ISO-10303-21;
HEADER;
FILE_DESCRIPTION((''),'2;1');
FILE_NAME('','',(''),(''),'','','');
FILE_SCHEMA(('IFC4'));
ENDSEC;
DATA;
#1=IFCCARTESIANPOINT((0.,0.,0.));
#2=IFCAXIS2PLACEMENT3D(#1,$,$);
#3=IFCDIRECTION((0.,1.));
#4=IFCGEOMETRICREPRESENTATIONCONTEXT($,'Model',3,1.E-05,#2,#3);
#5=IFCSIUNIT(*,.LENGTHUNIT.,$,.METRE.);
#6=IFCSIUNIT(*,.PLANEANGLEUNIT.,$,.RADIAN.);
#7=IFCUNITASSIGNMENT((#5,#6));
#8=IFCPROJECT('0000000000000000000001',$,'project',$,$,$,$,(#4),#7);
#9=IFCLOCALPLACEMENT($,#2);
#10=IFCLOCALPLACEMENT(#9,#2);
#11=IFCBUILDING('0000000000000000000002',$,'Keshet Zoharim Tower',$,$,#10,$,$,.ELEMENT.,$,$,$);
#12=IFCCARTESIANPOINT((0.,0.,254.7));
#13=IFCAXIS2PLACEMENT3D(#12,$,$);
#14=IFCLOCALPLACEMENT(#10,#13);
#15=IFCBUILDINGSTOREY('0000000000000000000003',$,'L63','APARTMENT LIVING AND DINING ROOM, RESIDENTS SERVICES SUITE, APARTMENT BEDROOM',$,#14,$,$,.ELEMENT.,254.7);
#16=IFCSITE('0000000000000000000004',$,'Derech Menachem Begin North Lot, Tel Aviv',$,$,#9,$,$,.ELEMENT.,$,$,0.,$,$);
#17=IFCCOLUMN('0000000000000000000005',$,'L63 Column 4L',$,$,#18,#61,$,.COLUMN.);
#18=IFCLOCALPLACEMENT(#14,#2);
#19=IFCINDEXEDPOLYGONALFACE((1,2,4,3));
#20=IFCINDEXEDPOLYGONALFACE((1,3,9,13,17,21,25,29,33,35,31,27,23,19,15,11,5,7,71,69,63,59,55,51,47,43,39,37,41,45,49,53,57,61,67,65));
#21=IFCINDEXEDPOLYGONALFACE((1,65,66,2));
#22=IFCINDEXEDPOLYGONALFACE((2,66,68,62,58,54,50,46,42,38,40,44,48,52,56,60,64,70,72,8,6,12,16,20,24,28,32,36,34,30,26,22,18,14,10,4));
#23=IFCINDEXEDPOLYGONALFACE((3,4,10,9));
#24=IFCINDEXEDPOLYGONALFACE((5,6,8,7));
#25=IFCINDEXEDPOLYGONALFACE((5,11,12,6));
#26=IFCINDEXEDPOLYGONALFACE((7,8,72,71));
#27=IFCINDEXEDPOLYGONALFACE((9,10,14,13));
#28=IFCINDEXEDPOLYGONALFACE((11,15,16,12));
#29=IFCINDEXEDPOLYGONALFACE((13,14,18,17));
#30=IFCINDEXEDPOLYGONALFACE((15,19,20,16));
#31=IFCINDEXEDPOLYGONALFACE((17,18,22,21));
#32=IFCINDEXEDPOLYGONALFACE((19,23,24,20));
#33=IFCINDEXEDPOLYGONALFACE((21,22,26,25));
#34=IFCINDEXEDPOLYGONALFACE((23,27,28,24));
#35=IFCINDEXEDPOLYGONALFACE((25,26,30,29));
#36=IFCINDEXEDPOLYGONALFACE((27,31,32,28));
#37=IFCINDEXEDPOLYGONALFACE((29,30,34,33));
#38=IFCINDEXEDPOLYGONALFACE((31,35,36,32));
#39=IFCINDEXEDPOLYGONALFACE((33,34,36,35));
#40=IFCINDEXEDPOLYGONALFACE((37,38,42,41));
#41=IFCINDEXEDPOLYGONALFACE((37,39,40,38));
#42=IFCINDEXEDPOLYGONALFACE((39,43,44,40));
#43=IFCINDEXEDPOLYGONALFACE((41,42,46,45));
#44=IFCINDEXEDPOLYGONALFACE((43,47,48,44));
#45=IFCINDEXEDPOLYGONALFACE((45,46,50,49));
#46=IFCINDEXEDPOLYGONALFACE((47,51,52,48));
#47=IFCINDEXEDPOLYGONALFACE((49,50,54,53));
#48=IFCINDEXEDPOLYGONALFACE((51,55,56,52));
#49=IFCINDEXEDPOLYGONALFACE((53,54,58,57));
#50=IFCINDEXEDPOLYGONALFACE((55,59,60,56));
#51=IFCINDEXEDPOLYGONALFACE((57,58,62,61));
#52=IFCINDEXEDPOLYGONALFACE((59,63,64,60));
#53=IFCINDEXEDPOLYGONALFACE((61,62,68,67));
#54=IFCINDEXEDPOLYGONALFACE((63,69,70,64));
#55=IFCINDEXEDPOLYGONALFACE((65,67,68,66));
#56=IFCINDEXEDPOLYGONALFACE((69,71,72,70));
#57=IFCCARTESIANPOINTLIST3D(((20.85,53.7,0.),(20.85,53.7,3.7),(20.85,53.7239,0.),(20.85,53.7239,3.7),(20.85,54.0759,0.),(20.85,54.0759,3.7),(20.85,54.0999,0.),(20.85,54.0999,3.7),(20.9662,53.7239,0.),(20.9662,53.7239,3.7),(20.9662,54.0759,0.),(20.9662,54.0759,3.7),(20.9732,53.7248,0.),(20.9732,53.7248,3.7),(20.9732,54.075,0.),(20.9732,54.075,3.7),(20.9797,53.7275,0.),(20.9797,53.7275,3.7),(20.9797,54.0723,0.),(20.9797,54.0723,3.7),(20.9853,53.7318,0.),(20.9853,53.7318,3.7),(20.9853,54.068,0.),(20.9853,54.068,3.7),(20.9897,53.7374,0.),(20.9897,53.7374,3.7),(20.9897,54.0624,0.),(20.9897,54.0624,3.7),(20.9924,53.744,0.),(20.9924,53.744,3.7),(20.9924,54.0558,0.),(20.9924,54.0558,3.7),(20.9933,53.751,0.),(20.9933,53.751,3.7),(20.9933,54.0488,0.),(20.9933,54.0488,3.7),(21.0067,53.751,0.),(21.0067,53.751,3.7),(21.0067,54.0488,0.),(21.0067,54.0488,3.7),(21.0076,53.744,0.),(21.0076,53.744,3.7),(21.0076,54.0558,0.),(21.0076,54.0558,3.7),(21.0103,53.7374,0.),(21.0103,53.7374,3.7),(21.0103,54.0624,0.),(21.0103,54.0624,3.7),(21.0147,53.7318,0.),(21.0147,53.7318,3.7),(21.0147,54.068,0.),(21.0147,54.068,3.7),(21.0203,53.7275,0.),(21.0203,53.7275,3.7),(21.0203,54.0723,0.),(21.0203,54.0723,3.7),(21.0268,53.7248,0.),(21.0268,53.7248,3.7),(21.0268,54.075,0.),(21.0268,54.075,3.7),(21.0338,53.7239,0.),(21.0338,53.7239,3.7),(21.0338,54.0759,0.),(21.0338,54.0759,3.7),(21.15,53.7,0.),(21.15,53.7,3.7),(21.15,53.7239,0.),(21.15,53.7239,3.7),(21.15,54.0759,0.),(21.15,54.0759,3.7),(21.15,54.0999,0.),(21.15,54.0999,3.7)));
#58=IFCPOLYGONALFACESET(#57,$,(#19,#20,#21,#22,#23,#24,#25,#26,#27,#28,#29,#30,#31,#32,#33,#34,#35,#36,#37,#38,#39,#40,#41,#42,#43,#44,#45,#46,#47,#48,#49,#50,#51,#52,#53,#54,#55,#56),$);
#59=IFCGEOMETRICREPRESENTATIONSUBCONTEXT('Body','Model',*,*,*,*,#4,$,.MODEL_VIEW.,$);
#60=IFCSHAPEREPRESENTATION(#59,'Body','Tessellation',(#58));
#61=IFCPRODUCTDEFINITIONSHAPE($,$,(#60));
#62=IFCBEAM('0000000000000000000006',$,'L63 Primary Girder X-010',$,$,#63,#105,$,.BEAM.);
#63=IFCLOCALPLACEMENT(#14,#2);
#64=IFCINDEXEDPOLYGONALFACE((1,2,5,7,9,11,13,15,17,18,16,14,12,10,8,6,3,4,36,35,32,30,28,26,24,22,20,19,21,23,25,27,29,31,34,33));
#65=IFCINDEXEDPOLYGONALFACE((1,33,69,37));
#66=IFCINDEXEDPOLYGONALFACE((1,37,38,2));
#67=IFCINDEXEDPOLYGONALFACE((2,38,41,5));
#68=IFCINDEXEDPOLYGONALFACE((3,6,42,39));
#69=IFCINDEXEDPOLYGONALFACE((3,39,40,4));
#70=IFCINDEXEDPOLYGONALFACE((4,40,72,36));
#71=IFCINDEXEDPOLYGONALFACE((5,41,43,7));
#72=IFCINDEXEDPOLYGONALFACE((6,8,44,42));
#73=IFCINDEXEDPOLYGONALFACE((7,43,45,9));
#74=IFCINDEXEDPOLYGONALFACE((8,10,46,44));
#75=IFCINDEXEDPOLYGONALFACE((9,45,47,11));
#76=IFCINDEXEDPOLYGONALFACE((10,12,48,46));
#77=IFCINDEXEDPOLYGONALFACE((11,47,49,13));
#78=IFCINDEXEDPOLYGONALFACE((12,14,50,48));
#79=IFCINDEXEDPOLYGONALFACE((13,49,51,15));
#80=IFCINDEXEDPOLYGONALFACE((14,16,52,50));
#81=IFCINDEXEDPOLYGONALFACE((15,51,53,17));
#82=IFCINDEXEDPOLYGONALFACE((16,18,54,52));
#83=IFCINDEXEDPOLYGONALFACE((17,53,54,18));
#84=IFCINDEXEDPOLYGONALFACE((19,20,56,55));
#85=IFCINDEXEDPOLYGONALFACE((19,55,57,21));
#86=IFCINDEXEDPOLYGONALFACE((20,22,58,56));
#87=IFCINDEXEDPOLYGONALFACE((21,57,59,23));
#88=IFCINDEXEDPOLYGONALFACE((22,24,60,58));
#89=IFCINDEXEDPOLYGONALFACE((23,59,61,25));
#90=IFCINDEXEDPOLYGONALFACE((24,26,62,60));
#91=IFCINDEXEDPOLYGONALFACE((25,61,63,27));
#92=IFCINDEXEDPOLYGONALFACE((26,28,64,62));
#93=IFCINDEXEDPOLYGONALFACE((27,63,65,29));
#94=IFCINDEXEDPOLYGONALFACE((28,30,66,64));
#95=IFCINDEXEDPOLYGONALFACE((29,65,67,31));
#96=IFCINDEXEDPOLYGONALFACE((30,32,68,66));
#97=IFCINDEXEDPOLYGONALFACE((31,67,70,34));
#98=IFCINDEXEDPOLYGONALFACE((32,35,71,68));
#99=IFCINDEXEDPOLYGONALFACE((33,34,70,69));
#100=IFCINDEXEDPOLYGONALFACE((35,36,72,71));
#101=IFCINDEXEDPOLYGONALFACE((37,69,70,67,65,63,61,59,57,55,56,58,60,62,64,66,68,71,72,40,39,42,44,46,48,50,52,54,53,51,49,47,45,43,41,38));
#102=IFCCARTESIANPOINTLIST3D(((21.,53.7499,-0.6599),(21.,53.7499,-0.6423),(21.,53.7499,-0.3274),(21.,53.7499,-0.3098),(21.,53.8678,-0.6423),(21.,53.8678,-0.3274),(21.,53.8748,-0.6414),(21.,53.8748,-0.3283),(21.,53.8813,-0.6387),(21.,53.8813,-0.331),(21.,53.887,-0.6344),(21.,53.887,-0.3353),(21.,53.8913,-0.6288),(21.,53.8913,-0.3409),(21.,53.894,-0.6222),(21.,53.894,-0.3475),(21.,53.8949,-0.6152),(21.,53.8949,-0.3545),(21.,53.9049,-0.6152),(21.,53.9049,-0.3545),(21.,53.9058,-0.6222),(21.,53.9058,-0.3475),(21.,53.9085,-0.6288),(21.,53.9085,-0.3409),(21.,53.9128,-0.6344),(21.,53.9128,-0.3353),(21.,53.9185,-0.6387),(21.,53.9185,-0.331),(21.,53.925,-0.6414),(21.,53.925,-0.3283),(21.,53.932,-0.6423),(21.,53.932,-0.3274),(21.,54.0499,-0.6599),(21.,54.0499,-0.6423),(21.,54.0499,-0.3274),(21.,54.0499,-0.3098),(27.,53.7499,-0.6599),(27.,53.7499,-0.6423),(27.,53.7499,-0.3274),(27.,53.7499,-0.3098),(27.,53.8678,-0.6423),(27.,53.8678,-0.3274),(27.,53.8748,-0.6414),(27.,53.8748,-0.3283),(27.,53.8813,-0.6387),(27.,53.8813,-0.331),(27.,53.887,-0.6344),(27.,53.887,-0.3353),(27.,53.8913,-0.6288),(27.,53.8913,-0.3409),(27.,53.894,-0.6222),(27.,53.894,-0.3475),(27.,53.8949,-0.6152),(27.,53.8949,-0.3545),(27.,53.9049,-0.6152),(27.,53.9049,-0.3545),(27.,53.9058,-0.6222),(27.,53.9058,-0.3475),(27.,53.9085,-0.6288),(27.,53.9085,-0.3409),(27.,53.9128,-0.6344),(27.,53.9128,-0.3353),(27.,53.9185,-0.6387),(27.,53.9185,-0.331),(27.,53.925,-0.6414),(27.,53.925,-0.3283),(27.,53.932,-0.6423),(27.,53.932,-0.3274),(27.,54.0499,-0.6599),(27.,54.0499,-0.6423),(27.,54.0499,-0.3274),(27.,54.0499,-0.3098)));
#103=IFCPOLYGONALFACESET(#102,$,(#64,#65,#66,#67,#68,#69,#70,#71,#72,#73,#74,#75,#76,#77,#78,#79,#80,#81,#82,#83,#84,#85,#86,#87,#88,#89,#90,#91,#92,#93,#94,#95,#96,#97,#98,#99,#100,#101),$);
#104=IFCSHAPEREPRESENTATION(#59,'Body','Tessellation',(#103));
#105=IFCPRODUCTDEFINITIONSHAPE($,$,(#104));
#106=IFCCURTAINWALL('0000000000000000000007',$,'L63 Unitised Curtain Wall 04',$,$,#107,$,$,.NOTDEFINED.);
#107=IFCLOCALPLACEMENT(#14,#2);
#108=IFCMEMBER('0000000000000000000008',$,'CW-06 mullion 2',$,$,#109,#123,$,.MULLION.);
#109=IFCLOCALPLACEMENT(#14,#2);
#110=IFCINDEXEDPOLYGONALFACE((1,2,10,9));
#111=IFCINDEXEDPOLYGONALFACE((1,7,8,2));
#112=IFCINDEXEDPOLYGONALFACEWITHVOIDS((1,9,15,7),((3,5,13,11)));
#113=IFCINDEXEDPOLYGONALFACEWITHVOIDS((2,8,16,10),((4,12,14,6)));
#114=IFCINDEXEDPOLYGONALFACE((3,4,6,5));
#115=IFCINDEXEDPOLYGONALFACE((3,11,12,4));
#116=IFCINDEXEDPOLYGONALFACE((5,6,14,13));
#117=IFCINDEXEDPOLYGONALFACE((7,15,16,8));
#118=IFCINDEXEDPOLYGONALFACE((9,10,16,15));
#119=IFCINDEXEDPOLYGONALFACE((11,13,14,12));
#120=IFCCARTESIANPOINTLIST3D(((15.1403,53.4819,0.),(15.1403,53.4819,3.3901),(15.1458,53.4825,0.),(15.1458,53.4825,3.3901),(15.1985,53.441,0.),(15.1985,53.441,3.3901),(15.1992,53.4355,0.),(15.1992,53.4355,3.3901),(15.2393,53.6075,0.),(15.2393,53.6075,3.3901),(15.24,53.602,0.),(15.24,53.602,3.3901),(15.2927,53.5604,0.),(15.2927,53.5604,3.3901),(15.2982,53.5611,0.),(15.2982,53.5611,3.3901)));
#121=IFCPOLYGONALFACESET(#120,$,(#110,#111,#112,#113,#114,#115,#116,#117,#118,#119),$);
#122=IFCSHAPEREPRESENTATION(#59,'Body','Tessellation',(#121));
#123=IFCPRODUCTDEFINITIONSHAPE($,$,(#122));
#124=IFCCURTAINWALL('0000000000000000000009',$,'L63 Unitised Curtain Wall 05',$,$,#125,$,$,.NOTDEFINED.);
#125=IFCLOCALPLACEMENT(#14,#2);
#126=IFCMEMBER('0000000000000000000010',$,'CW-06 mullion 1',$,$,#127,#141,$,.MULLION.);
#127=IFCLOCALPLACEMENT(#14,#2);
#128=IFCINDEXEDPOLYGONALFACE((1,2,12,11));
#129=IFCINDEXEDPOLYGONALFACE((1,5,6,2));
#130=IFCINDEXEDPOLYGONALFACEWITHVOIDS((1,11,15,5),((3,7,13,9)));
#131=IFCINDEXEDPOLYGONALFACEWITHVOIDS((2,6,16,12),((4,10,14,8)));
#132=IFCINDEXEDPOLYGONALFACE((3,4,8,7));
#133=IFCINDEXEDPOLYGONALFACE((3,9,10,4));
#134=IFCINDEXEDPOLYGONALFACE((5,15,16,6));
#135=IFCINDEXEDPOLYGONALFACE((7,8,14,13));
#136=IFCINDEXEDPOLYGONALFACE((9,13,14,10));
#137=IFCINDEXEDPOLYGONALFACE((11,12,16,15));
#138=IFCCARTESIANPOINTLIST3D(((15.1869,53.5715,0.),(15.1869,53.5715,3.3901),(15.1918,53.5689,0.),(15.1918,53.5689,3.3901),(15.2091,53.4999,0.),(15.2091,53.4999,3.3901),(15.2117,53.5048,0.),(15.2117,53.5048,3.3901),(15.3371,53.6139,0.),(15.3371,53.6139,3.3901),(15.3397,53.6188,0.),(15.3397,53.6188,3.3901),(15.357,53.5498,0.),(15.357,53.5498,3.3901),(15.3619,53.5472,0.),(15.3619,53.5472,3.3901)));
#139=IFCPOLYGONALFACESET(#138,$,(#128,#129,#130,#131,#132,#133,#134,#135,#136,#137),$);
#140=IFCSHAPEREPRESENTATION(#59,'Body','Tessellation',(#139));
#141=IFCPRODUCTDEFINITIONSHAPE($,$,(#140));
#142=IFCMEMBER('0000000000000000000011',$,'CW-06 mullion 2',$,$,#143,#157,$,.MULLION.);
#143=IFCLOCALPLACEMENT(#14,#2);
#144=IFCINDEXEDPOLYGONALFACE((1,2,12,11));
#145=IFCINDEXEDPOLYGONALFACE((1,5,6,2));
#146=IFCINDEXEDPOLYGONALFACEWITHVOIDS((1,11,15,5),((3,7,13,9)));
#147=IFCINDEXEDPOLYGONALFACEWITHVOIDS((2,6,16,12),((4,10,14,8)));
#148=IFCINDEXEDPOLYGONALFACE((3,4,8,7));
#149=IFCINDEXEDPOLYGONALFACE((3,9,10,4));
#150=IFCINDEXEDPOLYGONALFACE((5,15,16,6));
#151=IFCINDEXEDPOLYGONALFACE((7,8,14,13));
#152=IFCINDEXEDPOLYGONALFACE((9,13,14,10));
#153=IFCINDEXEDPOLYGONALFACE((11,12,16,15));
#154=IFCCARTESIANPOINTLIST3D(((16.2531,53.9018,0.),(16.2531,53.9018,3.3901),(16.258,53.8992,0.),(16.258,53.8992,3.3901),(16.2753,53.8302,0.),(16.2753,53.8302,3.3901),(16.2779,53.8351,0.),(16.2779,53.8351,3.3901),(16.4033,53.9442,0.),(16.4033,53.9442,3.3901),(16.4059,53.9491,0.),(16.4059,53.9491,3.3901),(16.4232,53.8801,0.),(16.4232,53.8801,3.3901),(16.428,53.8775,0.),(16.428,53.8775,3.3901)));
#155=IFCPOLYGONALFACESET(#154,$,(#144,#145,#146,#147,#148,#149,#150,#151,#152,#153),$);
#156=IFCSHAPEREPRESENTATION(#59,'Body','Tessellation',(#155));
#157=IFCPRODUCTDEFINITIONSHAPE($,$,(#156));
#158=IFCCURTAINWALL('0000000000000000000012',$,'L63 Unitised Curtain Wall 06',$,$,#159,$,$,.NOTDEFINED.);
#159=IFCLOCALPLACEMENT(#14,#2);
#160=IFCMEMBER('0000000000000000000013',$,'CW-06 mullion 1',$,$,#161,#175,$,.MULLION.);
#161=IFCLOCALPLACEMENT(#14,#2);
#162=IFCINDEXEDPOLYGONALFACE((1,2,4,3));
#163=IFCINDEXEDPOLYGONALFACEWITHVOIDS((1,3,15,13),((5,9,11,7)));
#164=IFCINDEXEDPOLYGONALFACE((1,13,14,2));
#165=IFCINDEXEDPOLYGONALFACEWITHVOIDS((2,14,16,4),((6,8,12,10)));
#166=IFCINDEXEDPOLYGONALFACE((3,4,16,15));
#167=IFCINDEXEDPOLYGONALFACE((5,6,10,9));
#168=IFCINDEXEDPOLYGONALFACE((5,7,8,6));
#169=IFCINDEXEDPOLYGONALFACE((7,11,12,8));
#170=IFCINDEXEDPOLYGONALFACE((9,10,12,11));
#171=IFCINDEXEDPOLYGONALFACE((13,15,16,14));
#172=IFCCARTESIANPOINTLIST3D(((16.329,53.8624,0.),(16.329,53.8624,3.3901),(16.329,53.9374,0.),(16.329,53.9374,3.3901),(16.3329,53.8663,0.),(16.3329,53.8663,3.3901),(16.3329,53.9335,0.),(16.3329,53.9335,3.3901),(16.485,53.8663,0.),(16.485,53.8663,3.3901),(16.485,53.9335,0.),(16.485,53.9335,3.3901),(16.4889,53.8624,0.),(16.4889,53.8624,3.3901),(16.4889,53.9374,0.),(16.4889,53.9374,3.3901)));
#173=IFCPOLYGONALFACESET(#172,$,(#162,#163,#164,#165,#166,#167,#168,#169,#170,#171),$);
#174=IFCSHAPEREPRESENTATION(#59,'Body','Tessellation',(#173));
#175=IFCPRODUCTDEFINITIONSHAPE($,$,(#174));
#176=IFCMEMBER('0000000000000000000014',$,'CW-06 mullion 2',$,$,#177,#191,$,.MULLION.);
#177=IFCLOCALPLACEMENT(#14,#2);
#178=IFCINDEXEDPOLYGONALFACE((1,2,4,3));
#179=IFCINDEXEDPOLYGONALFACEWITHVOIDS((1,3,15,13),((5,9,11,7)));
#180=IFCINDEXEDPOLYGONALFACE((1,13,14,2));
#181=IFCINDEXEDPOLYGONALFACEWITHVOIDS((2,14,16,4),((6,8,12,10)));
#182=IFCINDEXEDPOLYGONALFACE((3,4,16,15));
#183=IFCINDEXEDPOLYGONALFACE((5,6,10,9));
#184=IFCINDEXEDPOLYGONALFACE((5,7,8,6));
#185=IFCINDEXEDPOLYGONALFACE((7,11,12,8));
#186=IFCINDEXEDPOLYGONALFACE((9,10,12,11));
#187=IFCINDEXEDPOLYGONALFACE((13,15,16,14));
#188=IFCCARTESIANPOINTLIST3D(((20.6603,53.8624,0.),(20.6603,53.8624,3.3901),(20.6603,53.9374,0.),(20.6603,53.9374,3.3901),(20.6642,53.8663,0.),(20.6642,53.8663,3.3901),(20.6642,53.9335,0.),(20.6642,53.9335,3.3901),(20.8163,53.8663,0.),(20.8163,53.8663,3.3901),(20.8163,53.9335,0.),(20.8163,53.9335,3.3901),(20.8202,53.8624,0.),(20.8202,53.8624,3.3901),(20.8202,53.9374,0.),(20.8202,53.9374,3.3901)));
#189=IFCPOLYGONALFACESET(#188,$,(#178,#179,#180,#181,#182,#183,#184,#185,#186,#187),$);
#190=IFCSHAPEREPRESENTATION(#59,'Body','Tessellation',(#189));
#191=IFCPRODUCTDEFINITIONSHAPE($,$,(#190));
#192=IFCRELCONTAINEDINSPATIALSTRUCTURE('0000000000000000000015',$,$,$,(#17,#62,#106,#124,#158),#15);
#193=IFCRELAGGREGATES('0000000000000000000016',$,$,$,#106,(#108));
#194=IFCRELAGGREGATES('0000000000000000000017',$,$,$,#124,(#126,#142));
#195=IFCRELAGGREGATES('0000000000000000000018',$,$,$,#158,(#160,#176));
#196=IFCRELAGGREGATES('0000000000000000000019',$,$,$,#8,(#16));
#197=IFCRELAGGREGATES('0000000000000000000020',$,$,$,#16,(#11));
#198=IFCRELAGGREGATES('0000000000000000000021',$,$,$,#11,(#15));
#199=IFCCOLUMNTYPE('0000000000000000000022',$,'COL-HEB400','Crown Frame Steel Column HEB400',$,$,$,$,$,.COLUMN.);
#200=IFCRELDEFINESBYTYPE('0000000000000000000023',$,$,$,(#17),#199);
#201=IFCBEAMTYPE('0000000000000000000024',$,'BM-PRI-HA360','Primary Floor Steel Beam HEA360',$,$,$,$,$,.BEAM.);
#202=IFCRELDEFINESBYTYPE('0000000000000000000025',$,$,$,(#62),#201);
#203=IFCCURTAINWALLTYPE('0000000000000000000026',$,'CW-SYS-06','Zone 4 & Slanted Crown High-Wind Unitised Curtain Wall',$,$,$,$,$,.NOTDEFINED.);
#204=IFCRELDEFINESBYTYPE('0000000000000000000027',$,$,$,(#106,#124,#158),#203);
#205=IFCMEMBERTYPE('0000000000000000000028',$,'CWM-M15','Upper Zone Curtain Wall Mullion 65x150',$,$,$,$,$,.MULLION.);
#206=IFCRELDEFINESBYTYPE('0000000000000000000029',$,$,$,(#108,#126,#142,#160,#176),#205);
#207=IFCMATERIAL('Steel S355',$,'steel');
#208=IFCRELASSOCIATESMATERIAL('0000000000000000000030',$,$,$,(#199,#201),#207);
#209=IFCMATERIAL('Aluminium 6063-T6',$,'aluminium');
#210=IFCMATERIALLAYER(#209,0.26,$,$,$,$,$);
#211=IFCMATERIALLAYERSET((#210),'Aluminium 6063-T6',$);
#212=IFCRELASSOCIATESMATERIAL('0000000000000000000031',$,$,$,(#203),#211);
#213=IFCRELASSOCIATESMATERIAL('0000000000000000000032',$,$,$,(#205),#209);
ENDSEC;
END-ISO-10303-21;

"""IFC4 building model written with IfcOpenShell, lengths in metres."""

from ifc_helpers import new_model, si_unit, direction, frame, origin, origin_2d, place, context, subcontext, project, spatial, hollow_rectangle, i_section, extrude, material, layer, layer_set, material_profile, profile_set, type_object, element, aggregate, save


model = new_model("IFC4")

# Units and contexts
model_context = context("Model", 3, precision=1e-05, world=origin(), true_north=direction((0.0, 1.0)))
body_context = subcontext(model_context, "Body", "Model", "MODEL_VIEW")
ifc_project = project(units=[si_unit("LENGTHUNIT", "METRE"), si_unit("PLANEANGLEUNIT", "RADIAN")], contexts=[model_context])

# Site, building, storey
site_placement = place(None, origin())
site = spatial("IfcSite", under=ifc_project, at=site_placement, Name="Derech Menachem Begin North Lot, Tel Aviv", CompositionType="ELEMENT", RefElevation=0.0)
building_placement = place(site_placement, origin())
building = spatial("IfcBuilding", under=site, at=building_placement, Name="Keshet Zoharim Tower", CompositionType="ELEMENT")
storey_placement = place(building_placement, frame((0.0, 0.0, 254.7)))
storey = spatial("IfcBuildingStorey", under=building, at=storey_placement, Name="L63", Description="APARTMENT LIVING AND DINING ROOM, RESIDENTS SERVICES SUITE, APARTMENT BEDROOM", CompositionType="ELEMENT", Elevation=254.7)

# Column
ifc_material_1 = material(Name="Steel S355", Category="steel")
ifc_material_profile_1 = material_profile(ifc_material_1, i_section(OverallWidth=0.3, OverallDepth=0.3999, WebThickness=0.0134, FlangeThickness=0.0239, FilletRadius=0.0271, at=origin_2d()), Name="HEB400")
ifc_profile_set_1 = profile_set([ifc_material_profile_1], Name="Steel S355")
column_type = type_object("IfcColumnType", Name="COL-HEB400", Description="Crown Frame Steel Column HEB400", PredefinedType="COLUMN", material=ifc_profile_set_1)
column_placement = place(storey_placement, frame((21.0, 53.8999, 0.0), z_axis=(0.0, 0.0, 1.0), x_axis=(1.0, 0.0, 0.0)))
element("IfcColumn", 1, at=column_placement, inside=storey, type_object=column_type, Name="L63 Column 4L", PredefinedType="COLUMN", context=body_context, shape_type="SweptSolid", body=[
    extrude(i_section(OverallWidth=0.3, OverallDepth=0.3999, WebThickness=0.0134, FlangeThickness=0.0239, FilletRadius=0.0271, at=origin_2d()), origin(), (0.0, 0.0, 1.0), 3.7),
])

# Beam
ifc_material_profile_2 = material_profile(ifc_material_1, i_section(OverallWidth=0.3, OverallDepth=0.3501, WebThickness=0.01, FlangeThickness=0.0176, FilletRadius=0.0271, at=origin_2d()), Name="HEA360")
ifc_profile_set_2 = profile_set([ifc_material_profile_2], Name="Steel S355")
beam_type = type_object("IfcBeamType", Name="BM-PRI-HA360", Description="Primary Floor Steel Beam HEA360", PredefinedType="BEAM", material=ifc_profile_set_2)
beam_placement = place(storey_placement, frame((21.0, 53.8999, -0.4849), z_axis=(1.0, 0.0, 0.0), x_axis=(0.0, 1.0, 0.0)))
element("IfcBeam", 2, at=beam_placement, inside=storey, type_object=beam_type, Name="L63 Primary Girder X-010", PredefinedType="BEAM", context=body_context, shape_type="SweptSolid", body=[
    extrude(i_section(OverallWidth=0.3, OverallDepth=0.3501, WebThickness=0.01, FlangeThickness=0.0176, FilletRadius=0.0271, at=origin_2d()), origin(), (0.0, 0.0, 1.0), 6.0),
])

# Curtain wall, member
ifc_material_2 = material(Name="Aluminium 6063-T6", Category="aluminium")
ifc_layer_1 = layer(ifc_material_2, 0.26)
ifc_layer_set_1 = layer_set([ifc_layer_1], Name="Aluminium 6063-T6")
curtain_wall_type = type_object("IfcCurtainWallType", Name="CW-SYS-06", Description="Zone 4 & Slanted Crown High-Wind Unitised Curtain Wall", PredefinedType="NOTDEFINED", material=ifc_layer_set_1)
curtain_wall_1_placement = place(storey_placement, origin())
curtain_wall_1 = element("IfcCurtainWall", 3, at=curtain_wall_1_placement, inside=storey, type_object=curtain_wall_type, Name="L63 Unitised Curtain Wall 04", PredefinedType="NOTDEFINED")
ifc_material_profile_3 = material_profile(ifc_material_2, hollow_rectangle(XDim=0.075, YDim=0.1599, WallThickness=0.0039, at=origin_2d()), Name="MUL-75x160")
ifc_profile_set_3 = profile_set([ifc_material_profile_3], Name="Aluminium 6063-T6")
member_type_1 = type_object("IfcMemberType", Name="CWM-M15", Description="Upper Zone Curtain Wall Mullion 65x150", PredefinedType="MULLION", material=ifc_profile_set_3)
member_1_placement = place(storey_placement, frame((15.2192, 53.5215, 0.0), z_axis=(0.0, 0.0, 1.0), x_axis=(-0.785293, 0.619125, 0.0)))
member_1 = element("IfcMember", 4, at=member_1_placement, type_object=member_type_1, Name="CW-06 mullion 2", PredefinedType="MULLION", context=body_context, shape_type="SweptSolid", body=[
    extrude(hollow_rectangle(XDim=0.075, YDim=0.1599, WallThickness=0.0039, at=origin_2d()), origin(), (0.0, 0.0, 1.0), 3.3901),
])

# Curtain walls, members
curtain_wall_2_placement = place(storey_placement, origin())
curtain_wall_2 = element("IfcCurtainWall", 5, at=curtain_wall_2_placement, inside=storey, type_object=curtain_wall_type, Name="L63 Unitised Curtain Wall 05", PredefinedType="NOTDEFINED")
member_2_placement = place(storey_placement, frame((15.2744, 53.5593, 0.0), z_axis=(0.0, 0.0, 1.0), x_axis=(-0.295922, 0.955212, 0.0)))
member_2 = element("IfcMember", 6, at=member_2_placement, type_object=member_type_1, Name="CW-06 mullion 1", PredefinedType="MULLION", context=body_context, shape_type="SweptSolid", body=[
    extrude(hollow_rectangle(XDim=0.075, YDim=0.1599, WallThickness=0.0039, at=origin_2d()), origin(), (0.0, 0.0, 1.0), 3.3901),
])
member_3_placement = place(storey_placement, frame((16.3406, 53.8896, 0.0), z_axis=(0.0, 0.0, 1.0), x_axis=(-0.295922, 0.955212, 0.0)))
member_3 = element("IfcMember", 7, at=member_3_placement, type_object=member_type_1, Name="CW-06 mullion 2", PredefinedType="MULLION", context=body_context, shape_type="SweptSolid", body=[
    extrude(hollow_rectangle(XDim=0.075, YDim=0.1599, WallThickness=0.0039, at=origin_2d()), origin(), (0.0, 0.0, 1.0), 3.3901),
])
curtain_wall_3_placement = place(storey_placement, origin())
curtain_wall_3 = element("IfcCurtainWall", 8, at=curtain_wall_3_placement, inside=storey, type_object=curtain_wall_type, Name="L63 Unitised Curtain Wall 06", PredefinedType="NOTDEFINED")
member_4_placement = place(storey_placement, frame((16.4089, 53.8999, 0.0), z_axis=(0.0, 0.0, 1.0), x_axis=(0.0, 1.0, 0.0)))
member_4 = element("IfcMember", 9, at=member_4_placement, type_object=member_type_1, Name="CW-06 mullion 1", PredefinedType="MULLION", context=body_context, shape_type="SweptSolid", body=[
    extrude(hollow_rectangle(XDim=0.075, YDim=0.1599, WallThickness=0.0039, at=origin_2d()), origin(), (0.0, 0.0, 1.0), 3.3901),
])
member_5_placement = place(storey_placement, frame((20.7402, 53.8999, 0.0), z_axis=(0.0, 0.0, 1.0), x_axis=(0.0, 1.0, 0.0)))
member_5 = element("IfcMember", 10, at=member_5_placement, type_object=member_type_1, Name="CW-06 mullion 2", PredefinedType="MULLION", context=body_context, shape_type="SweptSolid", body=[
    extrude(hollow_rectangle(XDim=0.075, YDim=0.1599, WallThickness=0.0039, at=origin_2d()), origin(), (0.0, 0.0, 1.0), 3.3901),
])

aggregate(curtain_wall_1, [member_1])
aggregate(curtain_wall_2, [member_2, member_3])
aggregate(curtain_wall_3, [member_4, member_5])

save(model, "model.ifc")
